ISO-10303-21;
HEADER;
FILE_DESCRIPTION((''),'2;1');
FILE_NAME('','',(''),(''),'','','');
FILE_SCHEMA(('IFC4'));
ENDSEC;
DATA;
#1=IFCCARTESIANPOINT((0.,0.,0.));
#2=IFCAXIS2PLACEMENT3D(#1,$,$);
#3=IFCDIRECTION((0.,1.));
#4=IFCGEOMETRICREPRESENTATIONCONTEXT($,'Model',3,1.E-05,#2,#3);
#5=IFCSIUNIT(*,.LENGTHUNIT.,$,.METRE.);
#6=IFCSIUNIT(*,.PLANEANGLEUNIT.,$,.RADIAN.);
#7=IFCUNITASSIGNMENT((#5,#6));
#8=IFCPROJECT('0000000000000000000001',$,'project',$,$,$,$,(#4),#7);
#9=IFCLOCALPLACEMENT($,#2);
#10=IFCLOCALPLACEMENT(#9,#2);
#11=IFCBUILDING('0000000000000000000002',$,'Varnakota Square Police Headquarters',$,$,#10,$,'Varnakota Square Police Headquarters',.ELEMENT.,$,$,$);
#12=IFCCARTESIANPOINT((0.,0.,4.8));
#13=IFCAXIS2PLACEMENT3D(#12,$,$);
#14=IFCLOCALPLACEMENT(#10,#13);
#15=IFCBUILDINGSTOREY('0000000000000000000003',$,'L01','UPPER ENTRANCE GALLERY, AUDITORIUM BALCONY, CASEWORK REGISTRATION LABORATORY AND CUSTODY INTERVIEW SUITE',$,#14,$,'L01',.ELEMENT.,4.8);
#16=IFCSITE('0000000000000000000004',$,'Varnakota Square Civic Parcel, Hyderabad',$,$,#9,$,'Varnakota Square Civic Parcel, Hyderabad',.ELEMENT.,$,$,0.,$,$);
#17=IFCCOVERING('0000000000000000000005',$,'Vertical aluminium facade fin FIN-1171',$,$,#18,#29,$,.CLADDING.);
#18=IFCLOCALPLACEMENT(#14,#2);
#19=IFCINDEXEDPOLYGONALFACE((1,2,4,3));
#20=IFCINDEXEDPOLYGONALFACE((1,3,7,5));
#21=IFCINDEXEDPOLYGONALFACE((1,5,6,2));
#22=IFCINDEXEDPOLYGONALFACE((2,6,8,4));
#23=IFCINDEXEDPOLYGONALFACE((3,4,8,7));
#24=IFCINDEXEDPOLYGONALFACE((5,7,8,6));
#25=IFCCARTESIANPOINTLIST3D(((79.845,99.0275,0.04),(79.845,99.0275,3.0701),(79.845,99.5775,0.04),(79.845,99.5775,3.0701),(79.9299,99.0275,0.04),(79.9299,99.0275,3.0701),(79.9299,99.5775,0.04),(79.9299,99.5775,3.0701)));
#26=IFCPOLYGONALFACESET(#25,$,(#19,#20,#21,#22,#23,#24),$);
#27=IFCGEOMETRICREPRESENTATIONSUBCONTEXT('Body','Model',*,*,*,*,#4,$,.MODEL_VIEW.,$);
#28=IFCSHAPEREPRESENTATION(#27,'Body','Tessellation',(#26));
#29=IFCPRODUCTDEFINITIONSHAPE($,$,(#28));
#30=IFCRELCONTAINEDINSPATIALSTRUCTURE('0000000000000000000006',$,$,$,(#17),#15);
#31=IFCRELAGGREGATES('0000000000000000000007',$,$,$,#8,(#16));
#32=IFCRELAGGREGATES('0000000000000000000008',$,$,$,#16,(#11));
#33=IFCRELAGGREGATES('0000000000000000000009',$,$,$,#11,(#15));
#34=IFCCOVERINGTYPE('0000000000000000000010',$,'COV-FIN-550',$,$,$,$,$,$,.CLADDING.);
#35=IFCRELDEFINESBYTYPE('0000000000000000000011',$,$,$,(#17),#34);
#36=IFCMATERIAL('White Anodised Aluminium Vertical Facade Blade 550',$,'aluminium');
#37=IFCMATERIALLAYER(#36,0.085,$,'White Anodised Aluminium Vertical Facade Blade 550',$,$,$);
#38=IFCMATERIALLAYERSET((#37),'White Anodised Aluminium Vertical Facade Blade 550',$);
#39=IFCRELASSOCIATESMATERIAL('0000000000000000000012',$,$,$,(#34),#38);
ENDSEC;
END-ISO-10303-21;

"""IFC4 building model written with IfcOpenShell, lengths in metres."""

from ifc_helpers import new_model, si_unit, direction, frame, origin, origin_2d, place, context, subcontext, project, spatial, rectangle, extrude, material, layer, layer_set, type_object, element, save


model = new_model("IFC4")

# Units and contexts
model_context = context("Model", 3, precision=1e-05, world=origin(), true_north=direction((0.0, 1.0)))
body_context = subcontext(model_context, "Body", "Model", "MODEL_VIEW")
ifc_project = project(units=[si_unit("LENGTHUNIT", "METRE"), si_unit("PLANEANGLEUNIT", "RADIAN")], contexts=[model_context])

# Site, building, storey
site_placement = place(None, origin())
site = spatial("IfcSite", under=ifc_project, at=site_placement, Name="Varnakota Square Civic Parcel, Hyderabad", LongName="Varnakota Square Civic Parcel, Hyderabad", CompositionType="ELEMENT", RefElevation=0.0)
building_placement = place(site_placement, origin())
building = spatial("IfcBuilding", under=site, at=building_placement, Name="Varnakota Square Police Headquarters", LongName="Varnakota Square Police Headquarters", CompositionType="ELEMENT")
storey_placement = place(building_placement, frame((0.0, 0.0, 4.8)))
storey = spatial("IfcBuildingStorey", under=building, at=storey_placement, Name="L01", Description="UPPER ENTRANCE GALLERY, AUDITORIUM BALCONY, CASEWORK REGISTRATION LABORATORY AND CUSTODY INTERVIEW SUITE", LongName="L01", CompositionType="ELEMENT", Elevation=4.8)

# Covering
ifc_material_1 = material(Name="White Anodised Aluminium Vertical Facade Blade 550", Category="aluminium")
ifc_layer_1 = layer(ifc_material_1, 0.085, Name="White Anodised Aluminium Vertical Facade Blade 550")
ifc_layer_set_1 = layer_set([ifc_layer_1], Name="White Anodised Aluminium Vertical Facade Blade 550")
covering_type_1 = type_object("IfcCoveringType", Name="COV-FIN-550", PredefinedType="CLADDING", material=ifc_layer_set_1)
covering_1_placement = place(storey_placement, frame((79.8875, 99.3025, 0.04), z_axis=(0.0, 0.0, 1.0), x_axis=(1.0, 0.0, 0.0)))
element("IfcCovering", 1, at=covering_1_placement, inside=storey, type_object=covering_type_1, Name="Vertical aluminium facade fin FIN-1171", PredefinedType="CLADDING", context=body_context, shape_type="SweptSolid", body=[
    extrude(rectangle(XDim=0.085, YDim=0.55, at=origin_2d()), origin(), (0.0, 0.0, 1.0), 3.03),
])

save(model, "model.ifc")
